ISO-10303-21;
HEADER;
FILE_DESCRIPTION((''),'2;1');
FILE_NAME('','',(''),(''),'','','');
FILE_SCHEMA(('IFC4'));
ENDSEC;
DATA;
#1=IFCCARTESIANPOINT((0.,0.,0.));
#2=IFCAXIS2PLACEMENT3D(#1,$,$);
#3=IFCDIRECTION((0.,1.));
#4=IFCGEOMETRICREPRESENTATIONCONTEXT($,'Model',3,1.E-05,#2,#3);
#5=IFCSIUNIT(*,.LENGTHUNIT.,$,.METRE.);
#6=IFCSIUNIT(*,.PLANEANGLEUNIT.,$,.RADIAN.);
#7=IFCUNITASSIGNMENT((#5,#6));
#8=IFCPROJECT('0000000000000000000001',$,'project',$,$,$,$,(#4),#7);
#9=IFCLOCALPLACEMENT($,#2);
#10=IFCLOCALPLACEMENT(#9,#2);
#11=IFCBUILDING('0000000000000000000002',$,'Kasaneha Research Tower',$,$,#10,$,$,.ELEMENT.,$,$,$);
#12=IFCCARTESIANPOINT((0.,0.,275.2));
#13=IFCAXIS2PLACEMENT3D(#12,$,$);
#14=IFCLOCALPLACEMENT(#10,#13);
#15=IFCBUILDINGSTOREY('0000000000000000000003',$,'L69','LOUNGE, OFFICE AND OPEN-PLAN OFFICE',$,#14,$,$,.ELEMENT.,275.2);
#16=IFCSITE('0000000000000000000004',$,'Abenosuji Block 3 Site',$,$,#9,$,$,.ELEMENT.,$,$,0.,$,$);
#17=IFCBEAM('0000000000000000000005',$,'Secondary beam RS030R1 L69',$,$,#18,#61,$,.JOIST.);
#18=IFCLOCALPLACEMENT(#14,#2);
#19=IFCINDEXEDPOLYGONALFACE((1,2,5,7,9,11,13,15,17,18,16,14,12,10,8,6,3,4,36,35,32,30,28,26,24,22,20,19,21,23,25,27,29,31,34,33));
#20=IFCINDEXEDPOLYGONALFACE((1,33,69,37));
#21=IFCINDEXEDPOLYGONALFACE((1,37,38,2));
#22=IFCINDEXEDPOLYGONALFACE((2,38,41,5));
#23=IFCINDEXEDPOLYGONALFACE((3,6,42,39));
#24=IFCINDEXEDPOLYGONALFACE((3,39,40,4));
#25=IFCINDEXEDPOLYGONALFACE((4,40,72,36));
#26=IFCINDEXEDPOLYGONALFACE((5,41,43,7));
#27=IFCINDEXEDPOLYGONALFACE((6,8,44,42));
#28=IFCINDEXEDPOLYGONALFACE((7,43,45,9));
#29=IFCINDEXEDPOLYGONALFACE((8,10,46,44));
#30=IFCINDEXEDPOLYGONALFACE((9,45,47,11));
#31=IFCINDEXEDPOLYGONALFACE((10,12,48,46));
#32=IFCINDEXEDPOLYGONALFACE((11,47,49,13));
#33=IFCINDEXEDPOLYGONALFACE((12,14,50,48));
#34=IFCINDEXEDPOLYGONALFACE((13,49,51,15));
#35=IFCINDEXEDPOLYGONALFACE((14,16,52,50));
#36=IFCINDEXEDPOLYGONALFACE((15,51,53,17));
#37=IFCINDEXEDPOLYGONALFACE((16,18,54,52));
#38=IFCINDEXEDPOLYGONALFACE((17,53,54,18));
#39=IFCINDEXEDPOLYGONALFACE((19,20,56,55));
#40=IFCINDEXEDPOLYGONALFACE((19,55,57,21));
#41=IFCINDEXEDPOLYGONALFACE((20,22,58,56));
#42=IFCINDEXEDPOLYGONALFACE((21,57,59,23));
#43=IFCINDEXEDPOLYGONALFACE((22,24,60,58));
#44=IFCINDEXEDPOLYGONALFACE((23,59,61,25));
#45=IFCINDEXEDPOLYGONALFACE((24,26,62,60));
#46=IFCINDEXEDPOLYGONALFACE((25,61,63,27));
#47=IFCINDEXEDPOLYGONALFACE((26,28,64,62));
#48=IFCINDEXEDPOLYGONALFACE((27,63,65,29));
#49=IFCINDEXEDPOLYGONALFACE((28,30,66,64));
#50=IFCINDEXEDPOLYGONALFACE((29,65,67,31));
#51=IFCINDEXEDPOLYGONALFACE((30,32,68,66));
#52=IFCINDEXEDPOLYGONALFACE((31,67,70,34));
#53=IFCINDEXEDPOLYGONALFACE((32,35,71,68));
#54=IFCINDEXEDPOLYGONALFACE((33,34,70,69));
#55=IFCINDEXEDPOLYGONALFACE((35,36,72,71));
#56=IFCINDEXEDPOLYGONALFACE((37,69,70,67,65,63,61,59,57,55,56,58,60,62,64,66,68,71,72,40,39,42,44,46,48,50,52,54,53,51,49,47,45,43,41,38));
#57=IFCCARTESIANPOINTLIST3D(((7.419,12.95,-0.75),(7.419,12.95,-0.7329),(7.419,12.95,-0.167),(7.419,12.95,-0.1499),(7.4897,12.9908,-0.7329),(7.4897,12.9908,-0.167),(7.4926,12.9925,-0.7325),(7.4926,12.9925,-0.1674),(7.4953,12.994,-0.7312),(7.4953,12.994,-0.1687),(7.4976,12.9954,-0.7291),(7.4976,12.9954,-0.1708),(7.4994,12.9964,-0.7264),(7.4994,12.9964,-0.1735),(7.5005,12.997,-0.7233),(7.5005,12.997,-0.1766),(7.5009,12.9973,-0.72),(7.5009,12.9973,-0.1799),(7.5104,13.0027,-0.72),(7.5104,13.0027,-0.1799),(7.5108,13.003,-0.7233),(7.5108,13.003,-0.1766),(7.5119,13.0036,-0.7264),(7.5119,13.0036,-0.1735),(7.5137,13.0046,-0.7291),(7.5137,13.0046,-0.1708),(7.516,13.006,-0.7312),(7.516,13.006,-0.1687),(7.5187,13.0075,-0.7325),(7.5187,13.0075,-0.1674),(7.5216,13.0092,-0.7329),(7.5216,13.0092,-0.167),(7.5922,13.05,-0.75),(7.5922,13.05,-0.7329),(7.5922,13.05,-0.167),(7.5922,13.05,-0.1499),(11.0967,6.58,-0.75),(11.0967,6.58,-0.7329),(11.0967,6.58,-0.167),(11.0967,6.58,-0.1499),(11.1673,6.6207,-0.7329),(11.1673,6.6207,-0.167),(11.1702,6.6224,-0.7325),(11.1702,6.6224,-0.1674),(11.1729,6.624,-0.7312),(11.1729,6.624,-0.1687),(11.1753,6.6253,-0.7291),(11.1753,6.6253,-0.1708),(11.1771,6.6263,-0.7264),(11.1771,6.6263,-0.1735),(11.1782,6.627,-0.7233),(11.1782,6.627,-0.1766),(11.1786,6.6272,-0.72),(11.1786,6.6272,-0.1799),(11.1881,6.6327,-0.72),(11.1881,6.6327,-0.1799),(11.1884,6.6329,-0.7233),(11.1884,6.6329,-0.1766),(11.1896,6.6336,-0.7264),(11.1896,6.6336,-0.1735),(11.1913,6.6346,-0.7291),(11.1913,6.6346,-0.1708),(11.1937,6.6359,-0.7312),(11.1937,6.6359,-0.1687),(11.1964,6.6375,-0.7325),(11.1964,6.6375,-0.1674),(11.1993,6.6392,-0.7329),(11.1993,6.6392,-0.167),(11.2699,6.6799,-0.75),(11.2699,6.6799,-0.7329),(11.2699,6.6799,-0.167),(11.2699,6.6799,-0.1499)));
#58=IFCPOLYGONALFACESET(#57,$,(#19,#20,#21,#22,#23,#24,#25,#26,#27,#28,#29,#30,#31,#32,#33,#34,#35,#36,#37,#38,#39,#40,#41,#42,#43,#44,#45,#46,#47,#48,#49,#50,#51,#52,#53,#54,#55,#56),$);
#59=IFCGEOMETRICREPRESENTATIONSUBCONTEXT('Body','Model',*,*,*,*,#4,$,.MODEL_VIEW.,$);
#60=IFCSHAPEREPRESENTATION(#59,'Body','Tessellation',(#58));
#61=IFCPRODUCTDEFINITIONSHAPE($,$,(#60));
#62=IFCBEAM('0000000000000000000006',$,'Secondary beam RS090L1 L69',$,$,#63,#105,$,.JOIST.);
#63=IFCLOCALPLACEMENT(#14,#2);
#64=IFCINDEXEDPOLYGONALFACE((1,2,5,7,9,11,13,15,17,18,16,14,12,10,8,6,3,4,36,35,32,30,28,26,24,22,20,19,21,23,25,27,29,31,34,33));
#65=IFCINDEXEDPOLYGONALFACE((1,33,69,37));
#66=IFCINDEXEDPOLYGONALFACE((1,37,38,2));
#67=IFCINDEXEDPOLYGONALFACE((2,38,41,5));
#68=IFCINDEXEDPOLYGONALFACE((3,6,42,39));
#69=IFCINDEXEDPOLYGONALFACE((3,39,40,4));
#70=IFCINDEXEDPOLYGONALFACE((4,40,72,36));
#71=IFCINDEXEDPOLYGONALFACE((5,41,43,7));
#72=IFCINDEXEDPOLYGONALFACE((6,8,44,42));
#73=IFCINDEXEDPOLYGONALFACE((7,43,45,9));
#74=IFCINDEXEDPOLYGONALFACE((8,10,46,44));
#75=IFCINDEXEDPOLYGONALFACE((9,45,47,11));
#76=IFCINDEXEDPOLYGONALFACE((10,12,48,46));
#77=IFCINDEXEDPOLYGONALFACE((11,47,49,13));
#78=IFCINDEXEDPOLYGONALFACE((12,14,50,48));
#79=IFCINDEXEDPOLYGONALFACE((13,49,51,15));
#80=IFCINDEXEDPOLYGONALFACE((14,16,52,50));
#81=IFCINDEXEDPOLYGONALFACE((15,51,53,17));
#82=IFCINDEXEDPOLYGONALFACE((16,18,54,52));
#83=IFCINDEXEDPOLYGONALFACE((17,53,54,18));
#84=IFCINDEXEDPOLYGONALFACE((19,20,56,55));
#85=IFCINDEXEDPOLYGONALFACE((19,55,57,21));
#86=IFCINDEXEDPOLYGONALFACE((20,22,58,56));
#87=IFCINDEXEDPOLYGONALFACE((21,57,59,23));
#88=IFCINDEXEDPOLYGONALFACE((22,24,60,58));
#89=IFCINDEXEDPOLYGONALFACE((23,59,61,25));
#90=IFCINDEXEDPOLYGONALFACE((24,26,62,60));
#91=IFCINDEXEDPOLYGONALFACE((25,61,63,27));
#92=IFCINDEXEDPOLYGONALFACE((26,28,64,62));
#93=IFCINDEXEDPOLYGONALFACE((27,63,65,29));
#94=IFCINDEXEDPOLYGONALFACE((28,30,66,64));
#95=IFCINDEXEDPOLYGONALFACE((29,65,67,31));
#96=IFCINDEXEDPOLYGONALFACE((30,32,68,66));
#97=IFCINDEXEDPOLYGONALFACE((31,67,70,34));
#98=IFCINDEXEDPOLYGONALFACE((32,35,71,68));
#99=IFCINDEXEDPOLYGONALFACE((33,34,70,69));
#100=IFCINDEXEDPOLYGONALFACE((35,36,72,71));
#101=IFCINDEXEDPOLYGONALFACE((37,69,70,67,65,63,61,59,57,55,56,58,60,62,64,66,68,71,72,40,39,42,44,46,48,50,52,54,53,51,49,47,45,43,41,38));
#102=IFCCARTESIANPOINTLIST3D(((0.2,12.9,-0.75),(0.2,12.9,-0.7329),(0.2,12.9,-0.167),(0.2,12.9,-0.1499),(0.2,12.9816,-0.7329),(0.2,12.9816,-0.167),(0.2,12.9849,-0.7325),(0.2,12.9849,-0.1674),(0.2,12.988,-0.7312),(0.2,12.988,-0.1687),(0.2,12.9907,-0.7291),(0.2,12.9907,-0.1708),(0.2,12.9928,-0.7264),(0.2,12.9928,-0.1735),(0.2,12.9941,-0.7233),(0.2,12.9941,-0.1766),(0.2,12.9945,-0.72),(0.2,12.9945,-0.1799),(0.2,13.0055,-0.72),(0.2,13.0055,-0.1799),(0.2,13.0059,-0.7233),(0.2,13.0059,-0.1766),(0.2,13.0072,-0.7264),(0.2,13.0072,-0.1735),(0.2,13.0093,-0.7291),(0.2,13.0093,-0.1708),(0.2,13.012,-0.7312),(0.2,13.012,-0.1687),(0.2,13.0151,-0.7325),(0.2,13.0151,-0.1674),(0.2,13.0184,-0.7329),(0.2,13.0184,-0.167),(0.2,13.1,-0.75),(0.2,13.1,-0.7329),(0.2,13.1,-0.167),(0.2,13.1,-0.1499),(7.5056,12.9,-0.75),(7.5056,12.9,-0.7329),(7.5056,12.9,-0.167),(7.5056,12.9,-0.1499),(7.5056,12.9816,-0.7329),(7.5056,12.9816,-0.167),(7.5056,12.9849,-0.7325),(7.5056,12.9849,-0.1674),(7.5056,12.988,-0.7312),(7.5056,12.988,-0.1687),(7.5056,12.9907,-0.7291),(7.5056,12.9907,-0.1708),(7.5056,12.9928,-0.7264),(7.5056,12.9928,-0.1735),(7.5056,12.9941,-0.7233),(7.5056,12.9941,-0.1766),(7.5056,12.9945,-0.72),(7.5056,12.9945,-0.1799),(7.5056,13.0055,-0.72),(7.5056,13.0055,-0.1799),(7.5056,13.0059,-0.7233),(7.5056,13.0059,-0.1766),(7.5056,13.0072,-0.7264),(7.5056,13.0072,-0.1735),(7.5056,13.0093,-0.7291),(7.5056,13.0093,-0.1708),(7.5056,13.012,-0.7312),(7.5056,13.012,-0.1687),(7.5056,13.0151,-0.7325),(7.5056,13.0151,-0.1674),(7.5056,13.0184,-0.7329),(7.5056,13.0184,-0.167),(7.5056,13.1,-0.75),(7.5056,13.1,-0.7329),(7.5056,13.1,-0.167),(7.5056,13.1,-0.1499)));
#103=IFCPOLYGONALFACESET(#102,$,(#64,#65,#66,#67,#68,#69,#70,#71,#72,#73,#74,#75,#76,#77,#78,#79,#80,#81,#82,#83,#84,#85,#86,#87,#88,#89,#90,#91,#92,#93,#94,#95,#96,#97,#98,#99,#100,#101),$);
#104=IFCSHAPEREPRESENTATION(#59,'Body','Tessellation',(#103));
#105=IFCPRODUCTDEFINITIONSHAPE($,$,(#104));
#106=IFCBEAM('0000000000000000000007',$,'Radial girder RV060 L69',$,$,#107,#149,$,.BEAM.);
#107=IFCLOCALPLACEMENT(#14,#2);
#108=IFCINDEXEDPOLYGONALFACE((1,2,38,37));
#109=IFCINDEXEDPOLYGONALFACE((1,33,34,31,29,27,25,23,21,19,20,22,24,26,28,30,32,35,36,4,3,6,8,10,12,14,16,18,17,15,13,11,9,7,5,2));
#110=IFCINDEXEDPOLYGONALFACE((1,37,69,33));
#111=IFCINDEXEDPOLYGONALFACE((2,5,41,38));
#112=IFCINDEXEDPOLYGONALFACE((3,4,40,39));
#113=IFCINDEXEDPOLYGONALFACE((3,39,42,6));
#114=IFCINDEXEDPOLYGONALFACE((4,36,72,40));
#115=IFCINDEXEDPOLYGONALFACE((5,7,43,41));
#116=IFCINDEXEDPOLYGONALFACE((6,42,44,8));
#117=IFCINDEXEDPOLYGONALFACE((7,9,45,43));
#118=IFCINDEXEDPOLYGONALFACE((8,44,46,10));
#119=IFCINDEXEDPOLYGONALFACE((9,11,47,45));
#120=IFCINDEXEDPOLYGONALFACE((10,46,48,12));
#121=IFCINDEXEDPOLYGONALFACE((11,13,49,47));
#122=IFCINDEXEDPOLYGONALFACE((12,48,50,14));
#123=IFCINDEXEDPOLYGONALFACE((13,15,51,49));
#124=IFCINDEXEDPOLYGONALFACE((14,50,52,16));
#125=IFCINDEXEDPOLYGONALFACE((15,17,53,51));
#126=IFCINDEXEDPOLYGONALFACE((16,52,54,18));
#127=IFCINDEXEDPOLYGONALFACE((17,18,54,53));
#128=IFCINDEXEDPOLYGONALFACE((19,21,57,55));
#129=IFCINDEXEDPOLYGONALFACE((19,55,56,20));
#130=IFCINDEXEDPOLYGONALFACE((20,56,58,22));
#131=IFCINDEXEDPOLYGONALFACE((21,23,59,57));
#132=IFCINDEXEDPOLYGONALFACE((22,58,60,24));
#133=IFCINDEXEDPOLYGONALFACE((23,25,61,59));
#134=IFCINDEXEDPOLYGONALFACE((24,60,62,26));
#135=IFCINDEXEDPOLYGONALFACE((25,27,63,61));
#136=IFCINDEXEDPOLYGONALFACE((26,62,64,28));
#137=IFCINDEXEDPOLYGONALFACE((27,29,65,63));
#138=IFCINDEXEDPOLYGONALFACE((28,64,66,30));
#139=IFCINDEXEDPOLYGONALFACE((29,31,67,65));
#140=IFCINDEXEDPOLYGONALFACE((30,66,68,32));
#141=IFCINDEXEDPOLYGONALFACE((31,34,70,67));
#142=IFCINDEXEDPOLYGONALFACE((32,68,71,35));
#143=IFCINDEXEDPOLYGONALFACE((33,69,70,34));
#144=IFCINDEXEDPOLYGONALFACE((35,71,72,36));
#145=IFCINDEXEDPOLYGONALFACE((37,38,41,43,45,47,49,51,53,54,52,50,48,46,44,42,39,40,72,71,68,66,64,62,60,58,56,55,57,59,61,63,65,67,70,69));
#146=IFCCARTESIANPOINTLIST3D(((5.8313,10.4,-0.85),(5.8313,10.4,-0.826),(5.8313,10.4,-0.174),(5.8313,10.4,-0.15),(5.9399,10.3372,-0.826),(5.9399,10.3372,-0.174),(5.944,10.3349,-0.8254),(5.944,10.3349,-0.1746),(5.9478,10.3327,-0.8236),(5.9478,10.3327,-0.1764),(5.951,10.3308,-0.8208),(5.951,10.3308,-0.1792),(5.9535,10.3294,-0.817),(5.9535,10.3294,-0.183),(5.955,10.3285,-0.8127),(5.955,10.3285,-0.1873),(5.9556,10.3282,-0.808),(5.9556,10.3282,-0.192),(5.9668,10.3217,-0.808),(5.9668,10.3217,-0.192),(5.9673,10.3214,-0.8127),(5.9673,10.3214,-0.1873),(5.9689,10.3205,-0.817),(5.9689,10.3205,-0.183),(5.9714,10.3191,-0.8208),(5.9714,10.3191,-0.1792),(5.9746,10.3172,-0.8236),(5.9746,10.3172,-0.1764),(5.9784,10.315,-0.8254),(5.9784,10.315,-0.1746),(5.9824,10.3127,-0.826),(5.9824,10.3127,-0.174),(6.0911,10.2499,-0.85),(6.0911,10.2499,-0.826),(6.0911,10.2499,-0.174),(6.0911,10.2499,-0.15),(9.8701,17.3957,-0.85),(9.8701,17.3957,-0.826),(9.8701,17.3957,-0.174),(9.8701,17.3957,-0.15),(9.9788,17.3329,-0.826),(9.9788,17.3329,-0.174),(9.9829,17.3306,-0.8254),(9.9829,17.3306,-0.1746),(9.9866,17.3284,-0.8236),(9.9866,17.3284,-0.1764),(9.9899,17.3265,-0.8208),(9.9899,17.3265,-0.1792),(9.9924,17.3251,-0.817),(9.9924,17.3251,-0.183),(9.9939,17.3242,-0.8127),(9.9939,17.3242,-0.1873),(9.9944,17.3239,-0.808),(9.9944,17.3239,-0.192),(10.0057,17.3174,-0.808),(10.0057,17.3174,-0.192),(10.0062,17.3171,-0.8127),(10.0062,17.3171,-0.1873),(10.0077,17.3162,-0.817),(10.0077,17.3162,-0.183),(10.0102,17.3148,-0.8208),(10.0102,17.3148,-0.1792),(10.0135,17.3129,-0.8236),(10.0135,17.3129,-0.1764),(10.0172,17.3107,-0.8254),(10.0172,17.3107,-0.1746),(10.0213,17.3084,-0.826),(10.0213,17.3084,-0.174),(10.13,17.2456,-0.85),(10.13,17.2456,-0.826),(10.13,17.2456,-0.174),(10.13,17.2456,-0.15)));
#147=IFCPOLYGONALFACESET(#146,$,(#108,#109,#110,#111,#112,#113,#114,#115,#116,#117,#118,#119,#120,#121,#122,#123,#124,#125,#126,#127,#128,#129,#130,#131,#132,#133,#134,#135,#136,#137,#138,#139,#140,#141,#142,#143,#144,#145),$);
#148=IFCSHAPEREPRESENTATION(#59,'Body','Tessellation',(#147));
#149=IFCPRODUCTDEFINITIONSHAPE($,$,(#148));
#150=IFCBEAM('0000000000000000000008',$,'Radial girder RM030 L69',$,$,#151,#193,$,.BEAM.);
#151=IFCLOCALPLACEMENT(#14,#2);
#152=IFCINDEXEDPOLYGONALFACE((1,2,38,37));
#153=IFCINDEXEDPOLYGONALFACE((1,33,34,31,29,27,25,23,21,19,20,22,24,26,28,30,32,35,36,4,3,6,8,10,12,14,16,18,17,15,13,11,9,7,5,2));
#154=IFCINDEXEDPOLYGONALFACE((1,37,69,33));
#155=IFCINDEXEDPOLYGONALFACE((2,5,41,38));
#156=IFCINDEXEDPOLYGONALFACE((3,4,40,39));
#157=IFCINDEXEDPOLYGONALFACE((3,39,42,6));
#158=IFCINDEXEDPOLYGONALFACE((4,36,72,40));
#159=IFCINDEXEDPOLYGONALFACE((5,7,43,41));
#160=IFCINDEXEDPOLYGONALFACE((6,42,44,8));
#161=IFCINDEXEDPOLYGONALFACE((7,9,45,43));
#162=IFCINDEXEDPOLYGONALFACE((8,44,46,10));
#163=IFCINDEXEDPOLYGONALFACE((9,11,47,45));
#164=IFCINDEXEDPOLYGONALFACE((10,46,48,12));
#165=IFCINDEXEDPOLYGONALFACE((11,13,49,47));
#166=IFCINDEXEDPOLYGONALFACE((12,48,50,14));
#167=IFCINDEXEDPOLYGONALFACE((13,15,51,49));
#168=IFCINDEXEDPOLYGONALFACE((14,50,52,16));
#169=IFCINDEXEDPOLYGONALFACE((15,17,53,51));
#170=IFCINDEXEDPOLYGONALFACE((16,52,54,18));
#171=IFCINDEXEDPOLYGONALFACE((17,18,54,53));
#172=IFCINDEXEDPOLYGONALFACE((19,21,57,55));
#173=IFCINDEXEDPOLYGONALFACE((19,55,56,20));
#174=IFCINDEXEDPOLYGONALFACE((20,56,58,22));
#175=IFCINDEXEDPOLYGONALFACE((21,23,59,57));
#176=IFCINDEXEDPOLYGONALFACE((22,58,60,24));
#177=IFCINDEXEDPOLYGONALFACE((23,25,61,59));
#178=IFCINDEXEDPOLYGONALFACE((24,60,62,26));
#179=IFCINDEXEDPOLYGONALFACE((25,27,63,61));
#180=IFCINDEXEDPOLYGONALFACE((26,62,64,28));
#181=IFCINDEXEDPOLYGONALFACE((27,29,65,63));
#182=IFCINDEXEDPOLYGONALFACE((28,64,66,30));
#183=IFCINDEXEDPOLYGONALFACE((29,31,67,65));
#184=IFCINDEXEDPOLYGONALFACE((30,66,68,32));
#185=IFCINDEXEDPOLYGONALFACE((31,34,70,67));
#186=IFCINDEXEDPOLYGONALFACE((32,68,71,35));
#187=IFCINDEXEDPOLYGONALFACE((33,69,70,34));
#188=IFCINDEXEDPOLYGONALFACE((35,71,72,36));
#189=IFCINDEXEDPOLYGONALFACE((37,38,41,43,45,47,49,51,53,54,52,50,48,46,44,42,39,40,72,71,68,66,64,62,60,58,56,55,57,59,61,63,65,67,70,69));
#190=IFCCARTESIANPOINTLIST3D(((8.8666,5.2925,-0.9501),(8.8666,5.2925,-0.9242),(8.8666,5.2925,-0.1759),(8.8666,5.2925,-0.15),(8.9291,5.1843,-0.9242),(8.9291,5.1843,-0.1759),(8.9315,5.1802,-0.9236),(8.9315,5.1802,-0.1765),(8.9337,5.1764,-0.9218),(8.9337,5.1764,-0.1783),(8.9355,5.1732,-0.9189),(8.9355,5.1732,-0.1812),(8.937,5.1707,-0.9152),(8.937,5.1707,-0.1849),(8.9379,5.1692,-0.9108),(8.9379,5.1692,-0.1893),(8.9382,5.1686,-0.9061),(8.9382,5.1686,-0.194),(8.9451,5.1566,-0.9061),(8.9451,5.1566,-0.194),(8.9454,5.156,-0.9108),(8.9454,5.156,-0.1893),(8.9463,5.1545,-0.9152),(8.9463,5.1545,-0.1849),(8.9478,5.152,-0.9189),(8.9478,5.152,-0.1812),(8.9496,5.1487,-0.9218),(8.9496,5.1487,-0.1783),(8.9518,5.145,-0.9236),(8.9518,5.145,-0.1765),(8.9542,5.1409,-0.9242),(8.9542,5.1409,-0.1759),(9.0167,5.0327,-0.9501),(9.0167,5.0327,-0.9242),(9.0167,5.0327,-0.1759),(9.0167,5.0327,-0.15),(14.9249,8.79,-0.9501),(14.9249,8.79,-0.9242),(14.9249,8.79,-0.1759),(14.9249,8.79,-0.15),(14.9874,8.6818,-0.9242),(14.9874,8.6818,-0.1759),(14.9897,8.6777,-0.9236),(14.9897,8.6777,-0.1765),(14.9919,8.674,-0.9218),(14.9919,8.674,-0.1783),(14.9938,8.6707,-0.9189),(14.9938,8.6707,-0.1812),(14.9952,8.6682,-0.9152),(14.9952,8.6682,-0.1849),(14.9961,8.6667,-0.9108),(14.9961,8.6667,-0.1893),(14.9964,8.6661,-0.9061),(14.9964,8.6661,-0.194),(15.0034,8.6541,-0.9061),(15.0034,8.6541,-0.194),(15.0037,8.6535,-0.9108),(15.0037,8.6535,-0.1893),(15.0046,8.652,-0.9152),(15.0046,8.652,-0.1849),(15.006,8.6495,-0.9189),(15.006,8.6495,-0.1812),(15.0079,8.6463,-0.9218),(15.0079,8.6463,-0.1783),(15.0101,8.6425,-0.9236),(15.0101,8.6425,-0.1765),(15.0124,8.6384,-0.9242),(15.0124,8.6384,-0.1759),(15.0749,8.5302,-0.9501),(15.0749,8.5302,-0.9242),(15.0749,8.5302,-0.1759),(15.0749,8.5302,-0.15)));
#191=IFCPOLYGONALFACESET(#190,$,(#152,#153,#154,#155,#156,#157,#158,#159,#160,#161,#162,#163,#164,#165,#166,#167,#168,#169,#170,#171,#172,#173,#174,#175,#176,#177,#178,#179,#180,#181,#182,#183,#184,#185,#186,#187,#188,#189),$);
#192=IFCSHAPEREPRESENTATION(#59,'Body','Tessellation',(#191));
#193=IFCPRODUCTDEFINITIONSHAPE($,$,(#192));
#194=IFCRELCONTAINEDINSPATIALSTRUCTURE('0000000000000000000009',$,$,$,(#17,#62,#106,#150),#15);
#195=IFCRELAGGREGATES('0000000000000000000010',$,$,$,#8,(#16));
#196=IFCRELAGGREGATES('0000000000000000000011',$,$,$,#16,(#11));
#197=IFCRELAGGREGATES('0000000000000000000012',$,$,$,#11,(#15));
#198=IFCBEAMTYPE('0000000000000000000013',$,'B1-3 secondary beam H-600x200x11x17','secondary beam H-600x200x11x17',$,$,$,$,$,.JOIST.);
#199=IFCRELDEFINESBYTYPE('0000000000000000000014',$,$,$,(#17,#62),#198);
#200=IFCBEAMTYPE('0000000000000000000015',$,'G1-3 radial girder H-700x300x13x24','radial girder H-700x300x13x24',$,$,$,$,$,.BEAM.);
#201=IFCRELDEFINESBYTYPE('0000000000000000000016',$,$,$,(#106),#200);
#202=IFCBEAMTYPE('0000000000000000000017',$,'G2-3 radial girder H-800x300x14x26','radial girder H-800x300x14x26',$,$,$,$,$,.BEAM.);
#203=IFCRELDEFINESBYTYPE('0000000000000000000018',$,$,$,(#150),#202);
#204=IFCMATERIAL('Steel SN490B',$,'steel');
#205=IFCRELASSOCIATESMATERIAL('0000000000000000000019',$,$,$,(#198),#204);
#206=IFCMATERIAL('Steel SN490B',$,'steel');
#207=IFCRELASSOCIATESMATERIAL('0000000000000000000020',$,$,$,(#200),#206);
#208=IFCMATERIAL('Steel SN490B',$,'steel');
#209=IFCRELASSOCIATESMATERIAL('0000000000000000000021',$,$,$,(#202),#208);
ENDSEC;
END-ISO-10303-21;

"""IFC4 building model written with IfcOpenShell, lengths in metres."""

from ifc_helpers import new_model, si_unit, direction, frame, origin, origin_2d, place, context, subcontext, project, spatial, i_section, extrude, material, material_profile, profile_set, type_object, element, save


model = new_model("IFC4")

# Units and contexts
model_context = context("Model", 3, precision=1e-05, world=origin(), true_north=direction((0.0, 1.0)))
body_context = subcontext(model_context, "Body", "Model", "MODEL_VIEW")
ifc_project = project(units=[si_unit("LENGTHUNIT", "METRE"), si_unit("PLANEANGLEUNIT", "RADIAN")], contexts=[model_context])

# Site, building, storey
site_placement = place(None, origin())
site = spatial("IfcSite", under=ifc_project, at=site_placement, Name="Abenosuji Block 3 Site", CompositionType="ELEMENT", RefElevation=0.0)
building_placement = place(site_placement, origin())
building = spatial("IfcBuilding", under=site, at=building_placement, Name="Kasaneha Research Tower", CompositionType="ELEMENT")
storey_placement = place(building_placement, frame((0.0, 0.0, 275.2)))
storey = spatial("IfcBuildingStorey", under=building, at=storey_placement, Name="L69", Description="LOUNGE, OFFICE AND OPEN-PLAN OFFICE", CompositionType="ELEMENT", Elevation=275.2)

# Beams
ifc_material_1 = material(Name="Steel SN490B", Category="steel")
ifc_material_profile_1 = material_profile(ifc_material_1, i_section(OverallWidth=0.2, OverallDepth=0.6001, WebThickness=0.011, FlangeThickness=0.0171, FilletRadius=0.0129, at=origin_2d()), Name="H-600x200x11x17")
ifc_profile_set_1 = profile_set([ifc_material_profile_1], Name="Steel SN490B")
beam_type_1 = type_object("IfcBeamType", Name="B1-3 secondary beam H-600x200x11x17", Description="secondary beam H-600x200x11x17", PredefinedType="JOIST", material=ifc_profile_set_1)
beam_1_placement = place(storey_placement, frame((7.5056, 13.0, -0.45), z_axis=(0.499994, -0.866029, 0.0), x_axis=(0.866029, 0.499994, 0.0)))
element("IfcBeam", 1, at=beam_1_placement, inside=storey, type_object=beam_type_1, Name="Secondary beam RS030R1 L69", PredefinedType="JOIST", context=body_context, shape_type="SweptSolid", body=[
    extrude(i_section(OverallWidth=0.2, OverallDepth=0.6001, WebThickness=0.011, FlangeThickness=0.0171, FilletRadius=0.0129, at=origin_2d()), origin(), (0.0, 0.0, 1.0), 7.3555),
])
beam_2_placement = place(storey_placement, frame((7.5056, 13.0, -0.45), z_axis=(-1.0, 0.0, 0.0), x_axis=(0.0, -1.0, 0.0)))
element("IfcBeam", 2, at=beam_2_placement, inside=storey, type_object=beam_type_1, Name="Secondary beam RS090L1 L69", PredefinedType="JOIST", context=body_context, shape_type="SweptSolid", body=[
    extrude(i_section(OverallWidth=0.2, OverallDepth=0.6001, WebThickness=0.011, FlangeThickness=0.0171, FilletRadius=0.0129, at=origin_2d()), origin(), (0.0, 0.0, 1.0), 7.3057),
])
ifc_material_2 = material(Name="Steel SN490B", Category="steel")
ifc_material_profile_2 = material_profile(ifc_material_2, i_section(OverallWidth=0.3, OverallDepth=0.7, WebThickness=0.0129, FlangeThickness=0.0239, FilletRadius=0.0181, at=origin_2d()), Name="H-700x300x13x24")
ifc_profile_set_2 = profile_set([ifc_material_profile_2], Name="Steel SN490B")
beam_type_2 = type_object("IfcBeamType", Name="G1-3 radial girder H-700x300x13x24", Description="radial girder H-700x300x13x24", PredefinedType="BEAM", material=ifc_profile_set_2)
beam_3_placement = place(storey_placement, frame((5.9612, 10.325, -0.5), z_axis=(0.499991, 0.866031, 0.0), x_axis=(-0.866031, 0.499991, 0.0)))
element("IfcBeam", 3, at=beam_3_placement, inside=storey, type_object=beam_type_2, Name="Radial girder RV060 L69", PredefinedType="BEAM", context=body_context, shape_type="SweptSolid", body=[
    extrude(i_section(OverallWidth=0.3, OverallDepth=0.7, WebThickness=0.0129, FlangeThickness=0.0239, FilletRadius=0.0181, at=origin_2d()), origin(), (0.0, 0.0, 1.0), 8.0779),
])
ifc_material_3 = material(Name="Steel SN490B", Category="steel")
ifc_material_profile_3 = material_profile(ifc_material_3, i_section(OverallWidth=0.3, OverallDepth=0.8, WebThickness=0.0139, FlangeThickness=0.0259, FilletRadius=0.0181, at=origin_2d()), Name="H-800x300x14x26")
ifc_profile_set_3 = profile_set([ifc_material_profile_3], Name="Steel SN490B")
beam_type_3 = type_object("IfcBeamType", Name="G2-3 radial girder H-800x300x14x26", Description="radial girder H-800x300x14x26", PredefinedType="BEAM", material=ifc_profile_set_3)
beam_4_placement = place(storey_placement, frame((8.9417, 5.1626, -0.55), z_axis=(0.86604, 0.499975, 0.0), x_axis=(-0.499975, 0.86604, 0.0)))
element("IfcBeam", 4, at=beam_4_placement, inside=storey, type_object=beam_type_3, Name="Radial girder RM030 L69", PredefinedType="BEAM", context=body_context, shape_type="SweptSolid", body=[
    extrude(i_section(OverallWidth=0.3, OverallDepth=0.8, WebThickness=0.0139, FlangeThickness=0.0259, FilletRadius=0.0181, at=origin_2d()), origin(), (0.0, 0.0, 1.0), 6.9954),
])

save(model, "model.ifc")
